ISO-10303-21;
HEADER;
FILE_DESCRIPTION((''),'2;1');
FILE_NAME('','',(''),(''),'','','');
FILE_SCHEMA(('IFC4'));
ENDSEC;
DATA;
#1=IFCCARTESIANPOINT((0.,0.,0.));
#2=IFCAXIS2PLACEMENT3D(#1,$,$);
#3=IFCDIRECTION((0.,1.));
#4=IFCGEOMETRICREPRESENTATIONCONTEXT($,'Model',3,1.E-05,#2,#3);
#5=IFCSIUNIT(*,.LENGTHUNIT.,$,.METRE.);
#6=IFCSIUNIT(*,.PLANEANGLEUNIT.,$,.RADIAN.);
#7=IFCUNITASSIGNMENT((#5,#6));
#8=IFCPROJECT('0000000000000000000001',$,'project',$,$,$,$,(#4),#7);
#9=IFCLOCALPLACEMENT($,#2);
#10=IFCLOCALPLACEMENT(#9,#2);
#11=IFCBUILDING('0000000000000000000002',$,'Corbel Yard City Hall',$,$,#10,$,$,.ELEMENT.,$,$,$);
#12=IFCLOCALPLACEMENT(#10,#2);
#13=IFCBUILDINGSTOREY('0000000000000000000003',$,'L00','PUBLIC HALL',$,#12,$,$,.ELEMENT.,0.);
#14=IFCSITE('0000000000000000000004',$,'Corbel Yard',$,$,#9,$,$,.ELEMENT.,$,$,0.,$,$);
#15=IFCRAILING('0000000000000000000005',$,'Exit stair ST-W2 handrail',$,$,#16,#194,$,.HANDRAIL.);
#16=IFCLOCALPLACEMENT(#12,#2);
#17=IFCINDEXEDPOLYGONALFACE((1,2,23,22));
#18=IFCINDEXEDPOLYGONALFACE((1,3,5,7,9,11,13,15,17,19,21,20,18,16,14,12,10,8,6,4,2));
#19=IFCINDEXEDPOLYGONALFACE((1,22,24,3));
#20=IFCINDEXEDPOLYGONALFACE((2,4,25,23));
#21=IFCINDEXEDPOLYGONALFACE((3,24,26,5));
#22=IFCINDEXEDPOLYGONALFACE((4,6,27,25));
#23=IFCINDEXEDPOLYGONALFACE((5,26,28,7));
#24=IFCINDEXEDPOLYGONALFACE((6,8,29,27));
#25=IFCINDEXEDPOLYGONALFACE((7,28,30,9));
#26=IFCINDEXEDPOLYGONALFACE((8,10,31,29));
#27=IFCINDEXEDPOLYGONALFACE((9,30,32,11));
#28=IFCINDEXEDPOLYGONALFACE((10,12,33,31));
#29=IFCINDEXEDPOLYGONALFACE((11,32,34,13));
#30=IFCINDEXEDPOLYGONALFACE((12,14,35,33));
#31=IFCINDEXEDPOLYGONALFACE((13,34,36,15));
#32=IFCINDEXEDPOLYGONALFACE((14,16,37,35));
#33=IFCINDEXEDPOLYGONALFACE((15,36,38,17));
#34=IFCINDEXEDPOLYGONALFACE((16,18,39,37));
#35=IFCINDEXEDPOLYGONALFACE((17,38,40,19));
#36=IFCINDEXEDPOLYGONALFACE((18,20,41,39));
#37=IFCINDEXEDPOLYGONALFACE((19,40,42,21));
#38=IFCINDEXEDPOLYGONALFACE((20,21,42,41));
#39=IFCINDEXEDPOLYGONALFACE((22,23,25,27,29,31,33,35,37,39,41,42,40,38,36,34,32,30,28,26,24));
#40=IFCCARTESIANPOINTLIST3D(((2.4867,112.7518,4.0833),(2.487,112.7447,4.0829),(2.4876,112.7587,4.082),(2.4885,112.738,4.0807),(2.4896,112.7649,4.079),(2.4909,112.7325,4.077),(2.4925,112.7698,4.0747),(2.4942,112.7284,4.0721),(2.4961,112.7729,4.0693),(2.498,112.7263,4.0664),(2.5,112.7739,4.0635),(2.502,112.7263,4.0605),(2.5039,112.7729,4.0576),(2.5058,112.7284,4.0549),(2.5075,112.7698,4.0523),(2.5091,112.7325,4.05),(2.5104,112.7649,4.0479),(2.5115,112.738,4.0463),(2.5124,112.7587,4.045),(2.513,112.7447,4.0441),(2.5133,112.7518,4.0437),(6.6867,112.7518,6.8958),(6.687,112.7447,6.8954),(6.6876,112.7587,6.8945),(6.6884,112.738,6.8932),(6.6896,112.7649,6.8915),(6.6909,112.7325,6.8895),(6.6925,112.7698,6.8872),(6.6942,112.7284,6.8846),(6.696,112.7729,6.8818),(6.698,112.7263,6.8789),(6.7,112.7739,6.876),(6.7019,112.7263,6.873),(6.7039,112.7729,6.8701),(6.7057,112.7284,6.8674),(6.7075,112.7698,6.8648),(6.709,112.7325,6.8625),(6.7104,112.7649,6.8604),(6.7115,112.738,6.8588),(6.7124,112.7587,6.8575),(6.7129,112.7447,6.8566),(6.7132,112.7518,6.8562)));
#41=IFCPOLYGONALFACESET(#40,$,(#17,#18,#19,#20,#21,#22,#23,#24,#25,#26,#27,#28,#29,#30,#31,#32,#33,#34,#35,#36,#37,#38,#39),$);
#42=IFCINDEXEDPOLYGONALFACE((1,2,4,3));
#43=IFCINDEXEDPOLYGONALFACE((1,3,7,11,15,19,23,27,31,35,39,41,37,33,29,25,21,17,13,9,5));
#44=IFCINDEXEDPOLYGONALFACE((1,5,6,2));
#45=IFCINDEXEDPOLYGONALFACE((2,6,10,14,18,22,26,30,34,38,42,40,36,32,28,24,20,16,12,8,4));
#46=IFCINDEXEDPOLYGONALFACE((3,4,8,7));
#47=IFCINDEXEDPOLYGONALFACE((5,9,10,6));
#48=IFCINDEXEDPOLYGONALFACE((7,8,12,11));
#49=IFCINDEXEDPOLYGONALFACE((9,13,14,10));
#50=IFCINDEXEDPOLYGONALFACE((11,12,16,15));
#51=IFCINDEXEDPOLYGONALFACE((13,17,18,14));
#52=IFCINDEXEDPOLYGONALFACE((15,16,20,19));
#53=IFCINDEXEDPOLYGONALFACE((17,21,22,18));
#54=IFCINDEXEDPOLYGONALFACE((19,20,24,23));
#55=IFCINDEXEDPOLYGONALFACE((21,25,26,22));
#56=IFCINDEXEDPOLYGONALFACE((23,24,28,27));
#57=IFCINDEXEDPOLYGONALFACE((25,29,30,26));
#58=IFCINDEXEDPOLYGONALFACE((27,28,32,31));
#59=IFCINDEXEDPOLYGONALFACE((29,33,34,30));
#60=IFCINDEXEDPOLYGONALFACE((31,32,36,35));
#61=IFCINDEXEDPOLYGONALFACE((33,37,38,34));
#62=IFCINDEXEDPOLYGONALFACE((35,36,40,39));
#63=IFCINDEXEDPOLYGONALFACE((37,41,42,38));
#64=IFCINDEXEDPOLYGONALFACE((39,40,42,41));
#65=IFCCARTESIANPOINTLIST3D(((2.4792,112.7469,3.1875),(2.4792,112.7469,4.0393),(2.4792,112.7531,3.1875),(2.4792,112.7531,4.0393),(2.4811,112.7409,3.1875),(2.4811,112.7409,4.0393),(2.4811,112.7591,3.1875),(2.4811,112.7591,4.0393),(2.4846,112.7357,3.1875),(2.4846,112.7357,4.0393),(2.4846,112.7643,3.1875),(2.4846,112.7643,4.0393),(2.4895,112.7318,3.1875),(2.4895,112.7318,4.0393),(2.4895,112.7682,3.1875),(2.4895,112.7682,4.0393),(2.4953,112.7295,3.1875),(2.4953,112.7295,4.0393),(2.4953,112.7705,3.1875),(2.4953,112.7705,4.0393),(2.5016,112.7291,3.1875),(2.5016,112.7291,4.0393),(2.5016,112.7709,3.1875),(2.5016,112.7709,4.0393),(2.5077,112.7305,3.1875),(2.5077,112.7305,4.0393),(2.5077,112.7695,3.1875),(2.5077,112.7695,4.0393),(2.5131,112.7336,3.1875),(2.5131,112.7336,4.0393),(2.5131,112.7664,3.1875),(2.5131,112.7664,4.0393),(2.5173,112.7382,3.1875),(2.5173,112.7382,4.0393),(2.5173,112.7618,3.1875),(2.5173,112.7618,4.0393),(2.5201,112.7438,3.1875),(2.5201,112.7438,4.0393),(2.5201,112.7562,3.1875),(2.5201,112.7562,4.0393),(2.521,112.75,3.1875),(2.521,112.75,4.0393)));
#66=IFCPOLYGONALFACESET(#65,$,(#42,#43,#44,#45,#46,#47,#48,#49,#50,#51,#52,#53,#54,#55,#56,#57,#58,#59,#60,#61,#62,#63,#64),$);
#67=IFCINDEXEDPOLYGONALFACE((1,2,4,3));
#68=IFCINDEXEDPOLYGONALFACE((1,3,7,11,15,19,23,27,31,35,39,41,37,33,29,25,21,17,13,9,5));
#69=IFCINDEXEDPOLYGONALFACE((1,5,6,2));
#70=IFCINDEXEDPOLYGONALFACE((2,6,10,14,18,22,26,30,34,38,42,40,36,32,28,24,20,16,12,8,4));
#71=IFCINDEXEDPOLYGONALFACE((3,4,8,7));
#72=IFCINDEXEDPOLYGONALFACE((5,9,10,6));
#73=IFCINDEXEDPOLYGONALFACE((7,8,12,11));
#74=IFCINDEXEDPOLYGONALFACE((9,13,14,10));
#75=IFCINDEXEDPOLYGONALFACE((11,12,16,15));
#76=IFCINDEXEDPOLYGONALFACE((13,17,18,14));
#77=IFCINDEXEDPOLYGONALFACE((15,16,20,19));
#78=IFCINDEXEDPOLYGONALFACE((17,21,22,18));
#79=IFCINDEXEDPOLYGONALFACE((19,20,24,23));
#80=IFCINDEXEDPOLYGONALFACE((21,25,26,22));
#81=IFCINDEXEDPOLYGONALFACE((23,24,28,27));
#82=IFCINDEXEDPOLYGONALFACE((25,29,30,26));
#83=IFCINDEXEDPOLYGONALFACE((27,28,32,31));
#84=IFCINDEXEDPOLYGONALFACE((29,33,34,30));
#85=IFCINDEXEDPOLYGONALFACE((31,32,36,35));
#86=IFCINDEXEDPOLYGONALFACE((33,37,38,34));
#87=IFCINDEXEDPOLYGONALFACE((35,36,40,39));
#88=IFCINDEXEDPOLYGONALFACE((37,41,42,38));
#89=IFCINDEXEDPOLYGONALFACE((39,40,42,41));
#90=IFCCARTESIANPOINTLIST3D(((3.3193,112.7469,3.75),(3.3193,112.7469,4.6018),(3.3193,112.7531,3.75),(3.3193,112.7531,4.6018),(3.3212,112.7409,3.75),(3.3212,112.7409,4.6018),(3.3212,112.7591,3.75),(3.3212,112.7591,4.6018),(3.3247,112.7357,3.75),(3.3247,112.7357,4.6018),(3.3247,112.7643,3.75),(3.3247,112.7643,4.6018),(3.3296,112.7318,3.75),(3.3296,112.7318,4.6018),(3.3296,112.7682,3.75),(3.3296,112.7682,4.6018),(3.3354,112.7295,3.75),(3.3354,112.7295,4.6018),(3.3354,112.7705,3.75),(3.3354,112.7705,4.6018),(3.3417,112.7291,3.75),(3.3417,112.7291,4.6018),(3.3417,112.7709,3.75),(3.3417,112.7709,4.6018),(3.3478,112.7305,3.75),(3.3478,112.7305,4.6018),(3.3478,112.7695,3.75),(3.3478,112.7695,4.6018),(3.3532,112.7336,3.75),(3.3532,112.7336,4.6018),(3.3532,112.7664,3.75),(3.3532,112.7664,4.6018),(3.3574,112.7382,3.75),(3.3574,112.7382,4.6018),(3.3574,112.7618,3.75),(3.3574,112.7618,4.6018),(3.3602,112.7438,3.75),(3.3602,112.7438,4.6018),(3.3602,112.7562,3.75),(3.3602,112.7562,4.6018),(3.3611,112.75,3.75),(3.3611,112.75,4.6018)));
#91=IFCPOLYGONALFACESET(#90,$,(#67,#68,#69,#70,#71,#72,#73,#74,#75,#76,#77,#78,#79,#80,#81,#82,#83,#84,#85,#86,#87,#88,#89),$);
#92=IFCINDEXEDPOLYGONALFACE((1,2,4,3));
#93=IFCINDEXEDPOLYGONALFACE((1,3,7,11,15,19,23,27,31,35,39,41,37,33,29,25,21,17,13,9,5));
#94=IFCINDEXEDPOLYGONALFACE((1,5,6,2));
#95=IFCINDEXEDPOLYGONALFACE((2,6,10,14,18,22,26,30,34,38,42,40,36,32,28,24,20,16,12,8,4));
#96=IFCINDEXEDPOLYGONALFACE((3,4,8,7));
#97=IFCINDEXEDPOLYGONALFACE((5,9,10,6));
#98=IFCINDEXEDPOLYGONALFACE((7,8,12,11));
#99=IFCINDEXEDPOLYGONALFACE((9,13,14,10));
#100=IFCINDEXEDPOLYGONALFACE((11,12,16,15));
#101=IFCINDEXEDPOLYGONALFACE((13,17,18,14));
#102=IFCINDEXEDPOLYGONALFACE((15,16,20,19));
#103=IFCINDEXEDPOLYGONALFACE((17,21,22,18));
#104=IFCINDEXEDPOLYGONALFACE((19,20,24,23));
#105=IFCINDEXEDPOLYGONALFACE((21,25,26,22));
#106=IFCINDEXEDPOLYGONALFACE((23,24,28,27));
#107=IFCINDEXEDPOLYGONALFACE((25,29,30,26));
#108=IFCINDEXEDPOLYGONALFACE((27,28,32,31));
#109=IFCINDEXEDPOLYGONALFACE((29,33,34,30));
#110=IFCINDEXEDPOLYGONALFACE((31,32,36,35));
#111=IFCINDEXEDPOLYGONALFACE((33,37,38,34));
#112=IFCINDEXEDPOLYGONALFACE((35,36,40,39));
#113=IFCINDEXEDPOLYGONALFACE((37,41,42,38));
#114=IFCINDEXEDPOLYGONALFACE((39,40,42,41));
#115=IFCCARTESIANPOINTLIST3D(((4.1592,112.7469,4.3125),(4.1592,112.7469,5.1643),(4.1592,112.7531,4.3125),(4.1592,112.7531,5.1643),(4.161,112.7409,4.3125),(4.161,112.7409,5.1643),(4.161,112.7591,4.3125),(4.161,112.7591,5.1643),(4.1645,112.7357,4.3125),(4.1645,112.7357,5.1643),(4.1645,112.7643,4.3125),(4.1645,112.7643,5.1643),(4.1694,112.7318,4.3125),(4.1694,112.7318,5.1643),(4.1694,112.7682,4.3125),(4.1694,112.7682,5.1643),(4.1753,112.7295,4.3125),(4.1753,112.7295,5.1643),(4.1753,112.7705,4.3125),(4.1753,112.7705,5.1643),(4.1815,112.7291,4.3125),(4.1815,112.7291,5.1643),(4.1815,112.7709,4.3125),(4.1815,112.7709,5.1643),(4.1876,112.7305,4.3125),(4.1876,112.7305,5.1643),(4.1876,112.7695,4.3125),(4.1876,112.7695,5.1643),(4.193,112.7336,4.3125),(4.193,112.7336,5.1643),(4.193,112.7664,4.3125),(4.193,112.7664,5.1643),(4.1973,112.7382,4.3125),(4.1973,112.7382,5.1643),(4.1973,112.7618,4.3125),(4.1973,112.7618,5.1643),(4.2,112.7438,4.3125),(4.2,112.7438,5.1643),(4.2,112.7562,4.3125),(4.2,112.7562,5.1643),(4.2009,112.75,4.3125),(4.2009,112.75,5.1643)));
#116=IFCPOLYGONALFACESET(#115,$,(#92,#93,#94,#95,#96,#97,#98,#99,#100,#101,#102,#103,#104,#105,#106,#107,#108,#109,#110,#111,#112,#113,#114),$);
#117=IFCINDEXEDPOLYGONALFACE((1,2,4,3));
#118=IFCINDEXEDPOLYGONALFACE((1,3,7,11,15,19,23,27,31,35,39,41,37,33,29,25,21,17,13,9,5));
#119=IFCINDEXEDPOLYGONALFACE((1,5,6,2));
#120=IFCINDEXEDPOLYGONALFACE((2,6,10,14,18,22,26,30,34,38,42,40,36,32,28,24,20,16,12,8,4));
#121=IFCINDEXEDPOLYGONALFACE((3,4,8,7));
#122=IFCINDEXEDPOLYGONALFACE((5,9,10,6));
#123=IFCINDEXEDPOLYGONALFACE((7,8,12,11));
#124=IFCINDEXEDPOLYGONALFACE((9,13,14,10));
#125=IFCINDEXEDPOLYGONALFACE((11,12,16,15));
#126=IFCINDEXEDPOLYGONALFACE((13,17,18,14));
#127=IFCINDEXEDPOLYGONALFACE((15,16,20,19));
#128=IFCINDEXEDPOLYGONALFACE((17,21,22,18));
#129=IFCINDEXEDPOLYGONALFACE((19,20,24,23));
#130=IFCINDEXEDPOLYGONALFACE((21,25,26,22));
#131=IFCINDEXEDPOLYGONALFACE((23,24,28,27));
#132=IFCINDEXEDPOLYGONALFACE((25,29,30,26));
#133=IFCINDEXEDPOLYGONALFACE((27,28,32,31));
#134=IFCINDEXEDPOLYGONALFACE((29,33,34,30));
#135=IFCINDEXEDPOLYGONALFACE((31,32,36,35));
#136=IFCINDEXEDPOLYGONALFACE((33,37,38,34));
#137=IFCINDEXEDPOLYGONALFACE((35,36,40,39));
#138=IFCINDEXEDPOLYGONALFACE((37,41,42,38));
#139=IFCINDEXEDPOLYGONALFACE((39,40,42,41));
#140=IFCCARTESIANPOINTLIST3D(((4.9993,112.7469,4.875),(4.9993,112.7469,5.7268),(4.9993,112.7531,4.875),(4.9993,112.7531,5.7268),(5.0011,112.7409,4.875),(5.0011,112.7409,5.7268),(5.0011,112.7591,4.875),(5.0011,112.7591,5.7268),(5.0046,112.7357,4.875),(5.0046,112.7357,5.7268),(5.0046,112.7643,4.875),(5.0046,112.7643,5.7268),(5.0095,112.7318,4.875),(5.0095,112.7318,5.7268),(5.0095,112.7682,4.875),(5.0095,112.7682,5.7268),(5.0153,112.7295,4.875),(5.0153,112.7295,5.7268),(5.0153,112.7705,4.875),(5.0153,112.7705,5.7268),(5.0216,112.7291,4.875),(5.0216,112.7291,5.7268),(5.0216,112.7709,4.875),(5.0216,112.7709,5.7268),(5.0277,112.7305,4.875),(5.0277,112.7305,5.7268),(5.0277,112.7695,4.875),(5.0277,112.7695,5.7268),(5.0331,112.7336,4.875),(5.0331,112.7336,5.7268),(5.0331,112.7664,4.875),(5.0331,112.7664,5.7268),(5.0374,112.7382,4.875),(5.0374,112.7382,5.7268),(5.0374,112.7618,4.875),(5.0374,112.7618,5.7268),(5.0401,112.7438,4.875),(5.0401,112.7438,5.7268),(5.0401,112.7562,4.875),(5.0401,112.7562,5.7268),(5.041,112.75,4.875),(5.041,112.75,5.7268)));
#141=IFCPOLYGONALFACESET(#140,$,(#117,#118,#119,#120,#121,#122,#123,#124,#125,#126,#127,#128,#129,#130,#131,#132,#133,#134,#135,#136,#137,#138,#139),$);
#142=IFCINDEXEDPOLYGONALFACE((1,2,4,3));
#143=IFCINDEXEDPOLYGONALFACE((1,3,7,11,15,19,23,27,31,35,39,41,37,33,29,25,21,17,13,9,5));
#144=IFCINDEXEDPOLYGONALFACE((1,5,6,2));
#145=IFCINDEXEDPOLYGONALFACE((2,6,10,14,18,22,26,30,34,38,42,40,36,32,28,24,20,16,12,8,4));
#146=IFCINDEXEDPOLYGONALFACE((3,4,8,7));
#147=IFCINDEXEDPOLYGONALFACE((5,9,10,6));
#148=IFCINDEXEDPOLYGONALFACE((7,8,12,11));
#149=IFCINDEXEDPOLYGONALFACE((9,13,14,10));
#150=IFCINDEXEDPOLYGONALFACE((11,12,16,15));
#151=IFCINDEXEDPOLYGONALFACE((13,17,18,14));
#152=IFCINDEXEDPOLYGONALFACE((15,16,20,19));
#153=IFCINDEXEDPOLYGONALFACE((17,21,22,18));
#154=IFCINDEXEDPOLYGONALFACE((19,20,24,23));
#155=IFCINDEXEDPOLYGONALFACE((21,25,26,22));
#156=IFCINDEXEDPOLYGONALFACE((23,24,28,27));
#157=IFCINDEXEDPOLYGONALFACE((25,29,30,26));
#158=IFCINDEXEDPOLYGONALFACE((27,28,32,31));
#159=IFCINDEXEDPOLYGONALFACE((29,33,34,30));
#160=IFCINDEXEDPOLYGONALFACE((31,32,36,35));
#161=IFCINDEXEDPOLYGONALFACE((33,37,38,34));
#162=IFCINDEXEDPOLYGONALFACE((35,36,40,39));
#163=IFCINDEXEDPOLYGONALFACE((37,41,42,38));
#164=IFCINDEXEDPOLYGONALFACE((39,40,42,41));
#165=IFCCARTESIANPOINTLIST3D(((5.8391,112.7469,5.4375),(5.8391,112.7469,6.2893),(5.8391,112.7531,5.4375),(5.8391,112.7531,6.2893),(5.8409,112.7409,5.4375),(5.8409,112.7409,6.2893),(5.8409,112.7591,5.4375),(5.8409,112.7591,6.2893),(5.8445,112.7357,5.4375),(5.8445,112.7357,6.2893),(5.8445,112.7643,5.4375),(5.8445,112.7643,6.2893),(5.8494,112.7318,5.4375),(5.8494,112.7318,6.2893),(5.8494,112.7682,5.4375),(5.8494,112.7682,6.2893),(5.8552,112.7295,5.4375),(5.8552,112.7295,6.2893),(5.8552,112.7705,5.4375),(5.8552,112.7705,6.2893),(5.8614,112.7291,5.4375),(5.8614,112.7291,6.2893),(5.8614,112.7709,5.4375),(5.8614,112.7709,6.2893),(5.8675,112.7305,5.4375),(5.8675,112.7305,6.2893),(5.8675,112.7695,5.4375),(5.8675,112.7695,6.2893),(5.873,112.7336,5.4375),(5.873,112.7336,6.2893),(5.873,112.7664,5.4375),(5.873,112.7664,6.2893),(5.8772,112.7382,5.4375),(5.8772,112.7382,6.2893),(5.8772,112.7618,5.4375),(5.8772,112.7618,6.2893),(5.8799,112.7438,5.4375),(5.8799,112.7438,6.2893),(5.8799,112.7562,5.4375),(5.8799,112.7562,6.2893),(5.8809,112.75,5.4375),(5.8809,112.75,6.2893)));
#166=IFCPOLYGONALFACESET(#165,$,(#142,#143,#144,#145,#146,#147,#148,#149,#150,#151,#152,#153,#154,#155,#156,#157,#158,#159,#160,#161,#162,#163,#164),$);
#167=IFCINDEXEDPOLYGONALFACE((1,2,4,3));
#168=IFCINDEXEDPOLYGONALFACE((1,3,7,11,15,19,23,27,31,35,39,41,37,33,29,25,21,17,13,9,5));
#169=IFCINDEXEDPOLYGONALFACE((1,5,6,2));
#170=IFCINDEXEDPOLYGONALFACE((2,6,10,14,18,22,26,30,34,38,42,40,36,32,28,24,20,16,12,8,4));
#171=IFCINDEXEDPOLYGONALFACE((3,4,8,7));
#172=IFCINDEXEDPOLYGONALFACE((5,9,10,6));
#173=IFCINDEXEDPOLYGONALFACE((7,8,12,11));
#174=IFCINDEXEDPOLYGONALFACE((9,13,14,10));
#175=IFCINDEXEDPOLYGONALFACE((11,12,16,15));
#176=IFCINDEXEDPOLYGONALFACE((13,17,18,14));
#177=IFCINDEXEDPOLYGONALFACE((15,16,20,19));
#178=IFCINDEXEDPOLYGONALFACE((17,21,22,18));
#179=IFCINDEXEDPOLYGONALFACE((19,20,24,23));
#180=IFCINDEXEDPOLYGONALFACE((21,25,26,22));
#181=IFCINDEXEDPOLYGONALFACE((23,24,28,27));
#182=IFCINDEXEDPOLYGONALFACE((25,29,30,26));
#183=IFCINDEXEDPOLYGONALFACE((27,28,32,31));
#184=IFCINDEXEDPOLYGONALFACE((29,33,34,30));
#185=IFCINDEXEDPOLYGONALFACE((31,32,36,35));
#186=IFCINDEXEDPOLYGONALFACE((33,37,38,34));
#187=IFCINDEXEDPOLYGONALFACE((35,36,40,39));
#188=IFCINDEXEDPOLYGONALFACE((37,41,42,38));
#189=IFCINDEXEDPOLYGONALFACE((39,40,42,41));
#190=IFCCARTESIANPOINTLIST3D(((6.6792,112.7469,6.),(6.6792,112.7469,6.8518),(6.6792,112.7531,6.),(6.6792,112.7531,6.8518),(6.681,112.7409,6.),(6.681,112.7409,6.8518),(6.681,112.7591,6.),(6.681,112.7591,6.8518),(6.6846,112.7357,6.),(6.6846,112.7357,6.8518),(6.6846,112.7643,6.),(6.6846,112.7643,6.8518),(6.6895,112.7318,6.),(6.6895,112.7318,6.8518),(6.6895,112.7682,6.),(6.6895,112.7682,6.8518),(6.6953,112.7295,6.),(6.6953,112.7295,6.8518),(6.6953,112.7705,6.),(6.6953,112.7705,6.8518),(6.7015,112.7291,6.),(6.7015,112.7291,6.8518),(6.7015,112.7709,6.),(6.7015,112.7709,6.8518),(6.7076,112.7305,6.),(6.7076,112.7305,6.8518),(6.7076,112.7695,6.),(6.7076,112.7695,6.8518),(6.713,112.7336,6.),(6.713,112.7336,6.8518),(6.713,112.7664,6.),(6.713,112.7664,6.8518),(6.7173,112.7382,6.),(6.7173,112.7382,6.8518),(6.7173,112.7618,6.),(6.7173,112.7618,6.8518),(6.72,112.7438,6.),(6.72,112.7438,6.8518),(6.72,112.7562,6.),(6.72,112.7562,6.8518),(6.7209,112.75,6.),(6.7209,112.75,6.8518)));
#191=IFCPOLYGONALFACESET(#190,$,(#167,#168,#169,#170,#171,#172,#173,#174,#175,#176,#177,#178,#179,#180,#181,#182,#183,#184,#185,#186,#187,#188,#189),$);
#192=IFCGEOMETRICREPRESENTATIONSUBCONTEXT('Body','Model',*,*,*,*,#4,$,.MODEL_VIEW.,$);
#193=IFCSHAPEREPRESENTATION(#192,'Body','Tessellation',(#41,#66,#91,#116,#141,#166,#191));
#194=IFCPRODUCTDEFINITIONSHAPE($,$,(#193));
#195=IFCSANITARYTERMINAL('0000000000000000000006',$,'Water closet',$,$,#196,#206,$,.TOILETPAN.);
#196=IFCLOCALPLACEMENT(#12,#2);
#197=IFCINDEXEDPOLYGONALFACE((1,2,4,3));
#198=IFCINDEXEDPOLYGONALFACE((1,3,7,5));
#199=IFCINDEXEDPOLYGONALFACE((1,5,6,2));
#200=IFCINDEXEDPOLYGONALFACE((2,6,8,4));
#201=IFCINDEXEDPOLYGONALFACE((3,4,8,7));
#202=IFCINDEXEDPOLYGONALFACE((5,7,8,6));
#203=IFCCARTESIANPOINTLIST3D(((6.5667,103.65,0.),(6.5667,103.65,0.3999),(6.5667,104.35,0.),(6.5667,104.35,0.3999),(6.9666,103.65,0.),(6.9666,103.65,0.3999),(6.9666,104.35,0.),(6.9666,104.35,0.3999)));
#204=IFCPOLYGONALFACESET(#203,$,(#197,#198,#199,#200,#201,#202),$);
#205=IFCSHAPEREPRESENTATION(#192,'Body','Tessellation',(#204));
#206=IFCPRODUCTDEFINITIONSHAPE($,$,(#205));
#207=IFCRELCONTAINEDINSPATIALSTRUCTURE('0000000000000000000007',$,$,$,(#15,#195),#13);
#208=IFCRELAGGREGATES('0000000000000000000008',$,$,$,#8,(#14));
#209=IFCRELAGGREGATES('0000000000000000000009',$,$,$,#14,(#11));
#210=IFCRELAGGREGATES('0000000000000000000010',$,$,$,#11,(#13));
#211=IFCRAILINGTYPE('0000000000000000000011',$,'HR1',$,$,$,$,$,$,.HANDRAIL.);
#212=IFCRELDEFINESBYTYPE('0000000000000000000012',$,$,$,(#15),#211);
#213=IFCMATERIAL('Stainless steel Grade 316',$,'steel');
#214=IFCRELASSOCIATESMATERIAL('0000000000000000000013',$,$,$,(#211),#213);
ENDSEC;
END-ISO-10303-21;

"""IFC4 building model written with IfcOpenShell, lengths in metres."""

from ifc_helpers import new_model, si_unit, direction, frame, origin, origin_2d, place, context, subcontext, project, spatial, rectangle, circle, extrude, material, type_object, element, save


model = new_model("IFC4")

# Units and contexts
model_context = context("Model", 3, precision=1e-05, world=origin(), true_north=direction((0.0, 1.0)))
body_context = subcontext(model_context, "Body", "Model", "MODEL_VIEW")
ifc_project = project(units=[si_unit("LENGTHUNIT", "METRE"), si_unit("PLANEANGLEUNIT", "RADIAN")], contexts=[model_context])

# Site, building, storey
site_placement = place(None, origin())
site = spatial("IfcSite", under=ifc_project, at=site_placement, Name="Corbel Yard", CompositionType="ELEMENT", RefElevation=0.0)
building_placement = place(site_placement, origin())
building = spatial("IfcBuilding", under=site, at=building_placement, Name="Corbel Yard City Hall", CompositionType="ELEMENT")
storey_placement = place(building_placement, origin())
storey = spatial("IfcBuildingStorey", under=building, at=storey_placement, Name="L00", Description="PUBLIC HALL", CompositionType="ELEMENT", Elevation=0.0)

# Shared definitions
ifc_material_1 = material(Name="Stainless steel Grade 316", Category="steel")

# Railing
railing_type = type_object("IfcRailingType", Name="HR1", PredefinedType="HANDRAIL", material=ifc_material_1)
for number, where, name in (
    (1, (2.5, 112.75, 3.1875), "Exit stair ST-W2 handrail"),
):
    element("IfcRailing", number, at=place(storey_placement, frame(where)), inside=storey, type_object=railing_type, Name=name, PredefinedType="HANDRAIL", context=body_context, shape_type="SweptSolid", body=[
        extrude(circle(Radius=0.0239, at=origin_2d()), frame((0.0, 0.0, 0.876), z_axis=(0.830904, 0.0, 0.556416), x_axis=(0.0, 1.0, 0.0)), (0.0, 0.0, 1.0), 5.0547),
        extrude(circle(Radius=0.021, at=origin_2d()), origin(), (0.0, 0.0, 1.0), 0.8518),
        extrude(circle(Radius=0.021, at=origin_2d()), frame((0.8401, 0.0, 0.5625)), (0.0, 0.0, 1.0), 0.8518),
        extrude(circle(Radius=0.021, at=origin_2d()), frame((1.6799, 0.0, 1.125)), (0.0, 0.0, 1.0), 0.8518),
        extrude(circle(Radius=0.021, at=origin_2d()), frame((2.52, 0.0, 1.6875)), (0.0, 0.0, 1.0), 0.8518),
        extrude(circle(Radius=0.021, at=origin_2d()), frame((3.3599, 0.0, 2.25)), (0.0, 0.0, 1.0), 0.8518),
        extrude(circle(Radius=0.021, at=origin_2d()), frame((4.2, 0.0, 2.8125)), (0.0, 0.0, 1.0), 0.8518),
    ])

# Sanitary terminal
sanitary_terminal_1_placement = place(storey_placement, frame((6.7666, 104.0, 0.0), z_axis=(0.0, 0.0, 1.0), x_axis=(1.0, 0.0, 0.0)))
element("IfcSanitaryTerminal", 2, at=sanitary_terminal_1_placement, inside=storey, Name="Water closet", PredefinedType="TOILETPAN", context=body_context, shape_type="SweptSolid", body=[
    extrude(rectangle(XDim=0.3999, YDim=0.7, at=origin_2d()), origin(), (0.0, 0.0, 1.0), 0.3999),
])

save(model, "model.ifc")
